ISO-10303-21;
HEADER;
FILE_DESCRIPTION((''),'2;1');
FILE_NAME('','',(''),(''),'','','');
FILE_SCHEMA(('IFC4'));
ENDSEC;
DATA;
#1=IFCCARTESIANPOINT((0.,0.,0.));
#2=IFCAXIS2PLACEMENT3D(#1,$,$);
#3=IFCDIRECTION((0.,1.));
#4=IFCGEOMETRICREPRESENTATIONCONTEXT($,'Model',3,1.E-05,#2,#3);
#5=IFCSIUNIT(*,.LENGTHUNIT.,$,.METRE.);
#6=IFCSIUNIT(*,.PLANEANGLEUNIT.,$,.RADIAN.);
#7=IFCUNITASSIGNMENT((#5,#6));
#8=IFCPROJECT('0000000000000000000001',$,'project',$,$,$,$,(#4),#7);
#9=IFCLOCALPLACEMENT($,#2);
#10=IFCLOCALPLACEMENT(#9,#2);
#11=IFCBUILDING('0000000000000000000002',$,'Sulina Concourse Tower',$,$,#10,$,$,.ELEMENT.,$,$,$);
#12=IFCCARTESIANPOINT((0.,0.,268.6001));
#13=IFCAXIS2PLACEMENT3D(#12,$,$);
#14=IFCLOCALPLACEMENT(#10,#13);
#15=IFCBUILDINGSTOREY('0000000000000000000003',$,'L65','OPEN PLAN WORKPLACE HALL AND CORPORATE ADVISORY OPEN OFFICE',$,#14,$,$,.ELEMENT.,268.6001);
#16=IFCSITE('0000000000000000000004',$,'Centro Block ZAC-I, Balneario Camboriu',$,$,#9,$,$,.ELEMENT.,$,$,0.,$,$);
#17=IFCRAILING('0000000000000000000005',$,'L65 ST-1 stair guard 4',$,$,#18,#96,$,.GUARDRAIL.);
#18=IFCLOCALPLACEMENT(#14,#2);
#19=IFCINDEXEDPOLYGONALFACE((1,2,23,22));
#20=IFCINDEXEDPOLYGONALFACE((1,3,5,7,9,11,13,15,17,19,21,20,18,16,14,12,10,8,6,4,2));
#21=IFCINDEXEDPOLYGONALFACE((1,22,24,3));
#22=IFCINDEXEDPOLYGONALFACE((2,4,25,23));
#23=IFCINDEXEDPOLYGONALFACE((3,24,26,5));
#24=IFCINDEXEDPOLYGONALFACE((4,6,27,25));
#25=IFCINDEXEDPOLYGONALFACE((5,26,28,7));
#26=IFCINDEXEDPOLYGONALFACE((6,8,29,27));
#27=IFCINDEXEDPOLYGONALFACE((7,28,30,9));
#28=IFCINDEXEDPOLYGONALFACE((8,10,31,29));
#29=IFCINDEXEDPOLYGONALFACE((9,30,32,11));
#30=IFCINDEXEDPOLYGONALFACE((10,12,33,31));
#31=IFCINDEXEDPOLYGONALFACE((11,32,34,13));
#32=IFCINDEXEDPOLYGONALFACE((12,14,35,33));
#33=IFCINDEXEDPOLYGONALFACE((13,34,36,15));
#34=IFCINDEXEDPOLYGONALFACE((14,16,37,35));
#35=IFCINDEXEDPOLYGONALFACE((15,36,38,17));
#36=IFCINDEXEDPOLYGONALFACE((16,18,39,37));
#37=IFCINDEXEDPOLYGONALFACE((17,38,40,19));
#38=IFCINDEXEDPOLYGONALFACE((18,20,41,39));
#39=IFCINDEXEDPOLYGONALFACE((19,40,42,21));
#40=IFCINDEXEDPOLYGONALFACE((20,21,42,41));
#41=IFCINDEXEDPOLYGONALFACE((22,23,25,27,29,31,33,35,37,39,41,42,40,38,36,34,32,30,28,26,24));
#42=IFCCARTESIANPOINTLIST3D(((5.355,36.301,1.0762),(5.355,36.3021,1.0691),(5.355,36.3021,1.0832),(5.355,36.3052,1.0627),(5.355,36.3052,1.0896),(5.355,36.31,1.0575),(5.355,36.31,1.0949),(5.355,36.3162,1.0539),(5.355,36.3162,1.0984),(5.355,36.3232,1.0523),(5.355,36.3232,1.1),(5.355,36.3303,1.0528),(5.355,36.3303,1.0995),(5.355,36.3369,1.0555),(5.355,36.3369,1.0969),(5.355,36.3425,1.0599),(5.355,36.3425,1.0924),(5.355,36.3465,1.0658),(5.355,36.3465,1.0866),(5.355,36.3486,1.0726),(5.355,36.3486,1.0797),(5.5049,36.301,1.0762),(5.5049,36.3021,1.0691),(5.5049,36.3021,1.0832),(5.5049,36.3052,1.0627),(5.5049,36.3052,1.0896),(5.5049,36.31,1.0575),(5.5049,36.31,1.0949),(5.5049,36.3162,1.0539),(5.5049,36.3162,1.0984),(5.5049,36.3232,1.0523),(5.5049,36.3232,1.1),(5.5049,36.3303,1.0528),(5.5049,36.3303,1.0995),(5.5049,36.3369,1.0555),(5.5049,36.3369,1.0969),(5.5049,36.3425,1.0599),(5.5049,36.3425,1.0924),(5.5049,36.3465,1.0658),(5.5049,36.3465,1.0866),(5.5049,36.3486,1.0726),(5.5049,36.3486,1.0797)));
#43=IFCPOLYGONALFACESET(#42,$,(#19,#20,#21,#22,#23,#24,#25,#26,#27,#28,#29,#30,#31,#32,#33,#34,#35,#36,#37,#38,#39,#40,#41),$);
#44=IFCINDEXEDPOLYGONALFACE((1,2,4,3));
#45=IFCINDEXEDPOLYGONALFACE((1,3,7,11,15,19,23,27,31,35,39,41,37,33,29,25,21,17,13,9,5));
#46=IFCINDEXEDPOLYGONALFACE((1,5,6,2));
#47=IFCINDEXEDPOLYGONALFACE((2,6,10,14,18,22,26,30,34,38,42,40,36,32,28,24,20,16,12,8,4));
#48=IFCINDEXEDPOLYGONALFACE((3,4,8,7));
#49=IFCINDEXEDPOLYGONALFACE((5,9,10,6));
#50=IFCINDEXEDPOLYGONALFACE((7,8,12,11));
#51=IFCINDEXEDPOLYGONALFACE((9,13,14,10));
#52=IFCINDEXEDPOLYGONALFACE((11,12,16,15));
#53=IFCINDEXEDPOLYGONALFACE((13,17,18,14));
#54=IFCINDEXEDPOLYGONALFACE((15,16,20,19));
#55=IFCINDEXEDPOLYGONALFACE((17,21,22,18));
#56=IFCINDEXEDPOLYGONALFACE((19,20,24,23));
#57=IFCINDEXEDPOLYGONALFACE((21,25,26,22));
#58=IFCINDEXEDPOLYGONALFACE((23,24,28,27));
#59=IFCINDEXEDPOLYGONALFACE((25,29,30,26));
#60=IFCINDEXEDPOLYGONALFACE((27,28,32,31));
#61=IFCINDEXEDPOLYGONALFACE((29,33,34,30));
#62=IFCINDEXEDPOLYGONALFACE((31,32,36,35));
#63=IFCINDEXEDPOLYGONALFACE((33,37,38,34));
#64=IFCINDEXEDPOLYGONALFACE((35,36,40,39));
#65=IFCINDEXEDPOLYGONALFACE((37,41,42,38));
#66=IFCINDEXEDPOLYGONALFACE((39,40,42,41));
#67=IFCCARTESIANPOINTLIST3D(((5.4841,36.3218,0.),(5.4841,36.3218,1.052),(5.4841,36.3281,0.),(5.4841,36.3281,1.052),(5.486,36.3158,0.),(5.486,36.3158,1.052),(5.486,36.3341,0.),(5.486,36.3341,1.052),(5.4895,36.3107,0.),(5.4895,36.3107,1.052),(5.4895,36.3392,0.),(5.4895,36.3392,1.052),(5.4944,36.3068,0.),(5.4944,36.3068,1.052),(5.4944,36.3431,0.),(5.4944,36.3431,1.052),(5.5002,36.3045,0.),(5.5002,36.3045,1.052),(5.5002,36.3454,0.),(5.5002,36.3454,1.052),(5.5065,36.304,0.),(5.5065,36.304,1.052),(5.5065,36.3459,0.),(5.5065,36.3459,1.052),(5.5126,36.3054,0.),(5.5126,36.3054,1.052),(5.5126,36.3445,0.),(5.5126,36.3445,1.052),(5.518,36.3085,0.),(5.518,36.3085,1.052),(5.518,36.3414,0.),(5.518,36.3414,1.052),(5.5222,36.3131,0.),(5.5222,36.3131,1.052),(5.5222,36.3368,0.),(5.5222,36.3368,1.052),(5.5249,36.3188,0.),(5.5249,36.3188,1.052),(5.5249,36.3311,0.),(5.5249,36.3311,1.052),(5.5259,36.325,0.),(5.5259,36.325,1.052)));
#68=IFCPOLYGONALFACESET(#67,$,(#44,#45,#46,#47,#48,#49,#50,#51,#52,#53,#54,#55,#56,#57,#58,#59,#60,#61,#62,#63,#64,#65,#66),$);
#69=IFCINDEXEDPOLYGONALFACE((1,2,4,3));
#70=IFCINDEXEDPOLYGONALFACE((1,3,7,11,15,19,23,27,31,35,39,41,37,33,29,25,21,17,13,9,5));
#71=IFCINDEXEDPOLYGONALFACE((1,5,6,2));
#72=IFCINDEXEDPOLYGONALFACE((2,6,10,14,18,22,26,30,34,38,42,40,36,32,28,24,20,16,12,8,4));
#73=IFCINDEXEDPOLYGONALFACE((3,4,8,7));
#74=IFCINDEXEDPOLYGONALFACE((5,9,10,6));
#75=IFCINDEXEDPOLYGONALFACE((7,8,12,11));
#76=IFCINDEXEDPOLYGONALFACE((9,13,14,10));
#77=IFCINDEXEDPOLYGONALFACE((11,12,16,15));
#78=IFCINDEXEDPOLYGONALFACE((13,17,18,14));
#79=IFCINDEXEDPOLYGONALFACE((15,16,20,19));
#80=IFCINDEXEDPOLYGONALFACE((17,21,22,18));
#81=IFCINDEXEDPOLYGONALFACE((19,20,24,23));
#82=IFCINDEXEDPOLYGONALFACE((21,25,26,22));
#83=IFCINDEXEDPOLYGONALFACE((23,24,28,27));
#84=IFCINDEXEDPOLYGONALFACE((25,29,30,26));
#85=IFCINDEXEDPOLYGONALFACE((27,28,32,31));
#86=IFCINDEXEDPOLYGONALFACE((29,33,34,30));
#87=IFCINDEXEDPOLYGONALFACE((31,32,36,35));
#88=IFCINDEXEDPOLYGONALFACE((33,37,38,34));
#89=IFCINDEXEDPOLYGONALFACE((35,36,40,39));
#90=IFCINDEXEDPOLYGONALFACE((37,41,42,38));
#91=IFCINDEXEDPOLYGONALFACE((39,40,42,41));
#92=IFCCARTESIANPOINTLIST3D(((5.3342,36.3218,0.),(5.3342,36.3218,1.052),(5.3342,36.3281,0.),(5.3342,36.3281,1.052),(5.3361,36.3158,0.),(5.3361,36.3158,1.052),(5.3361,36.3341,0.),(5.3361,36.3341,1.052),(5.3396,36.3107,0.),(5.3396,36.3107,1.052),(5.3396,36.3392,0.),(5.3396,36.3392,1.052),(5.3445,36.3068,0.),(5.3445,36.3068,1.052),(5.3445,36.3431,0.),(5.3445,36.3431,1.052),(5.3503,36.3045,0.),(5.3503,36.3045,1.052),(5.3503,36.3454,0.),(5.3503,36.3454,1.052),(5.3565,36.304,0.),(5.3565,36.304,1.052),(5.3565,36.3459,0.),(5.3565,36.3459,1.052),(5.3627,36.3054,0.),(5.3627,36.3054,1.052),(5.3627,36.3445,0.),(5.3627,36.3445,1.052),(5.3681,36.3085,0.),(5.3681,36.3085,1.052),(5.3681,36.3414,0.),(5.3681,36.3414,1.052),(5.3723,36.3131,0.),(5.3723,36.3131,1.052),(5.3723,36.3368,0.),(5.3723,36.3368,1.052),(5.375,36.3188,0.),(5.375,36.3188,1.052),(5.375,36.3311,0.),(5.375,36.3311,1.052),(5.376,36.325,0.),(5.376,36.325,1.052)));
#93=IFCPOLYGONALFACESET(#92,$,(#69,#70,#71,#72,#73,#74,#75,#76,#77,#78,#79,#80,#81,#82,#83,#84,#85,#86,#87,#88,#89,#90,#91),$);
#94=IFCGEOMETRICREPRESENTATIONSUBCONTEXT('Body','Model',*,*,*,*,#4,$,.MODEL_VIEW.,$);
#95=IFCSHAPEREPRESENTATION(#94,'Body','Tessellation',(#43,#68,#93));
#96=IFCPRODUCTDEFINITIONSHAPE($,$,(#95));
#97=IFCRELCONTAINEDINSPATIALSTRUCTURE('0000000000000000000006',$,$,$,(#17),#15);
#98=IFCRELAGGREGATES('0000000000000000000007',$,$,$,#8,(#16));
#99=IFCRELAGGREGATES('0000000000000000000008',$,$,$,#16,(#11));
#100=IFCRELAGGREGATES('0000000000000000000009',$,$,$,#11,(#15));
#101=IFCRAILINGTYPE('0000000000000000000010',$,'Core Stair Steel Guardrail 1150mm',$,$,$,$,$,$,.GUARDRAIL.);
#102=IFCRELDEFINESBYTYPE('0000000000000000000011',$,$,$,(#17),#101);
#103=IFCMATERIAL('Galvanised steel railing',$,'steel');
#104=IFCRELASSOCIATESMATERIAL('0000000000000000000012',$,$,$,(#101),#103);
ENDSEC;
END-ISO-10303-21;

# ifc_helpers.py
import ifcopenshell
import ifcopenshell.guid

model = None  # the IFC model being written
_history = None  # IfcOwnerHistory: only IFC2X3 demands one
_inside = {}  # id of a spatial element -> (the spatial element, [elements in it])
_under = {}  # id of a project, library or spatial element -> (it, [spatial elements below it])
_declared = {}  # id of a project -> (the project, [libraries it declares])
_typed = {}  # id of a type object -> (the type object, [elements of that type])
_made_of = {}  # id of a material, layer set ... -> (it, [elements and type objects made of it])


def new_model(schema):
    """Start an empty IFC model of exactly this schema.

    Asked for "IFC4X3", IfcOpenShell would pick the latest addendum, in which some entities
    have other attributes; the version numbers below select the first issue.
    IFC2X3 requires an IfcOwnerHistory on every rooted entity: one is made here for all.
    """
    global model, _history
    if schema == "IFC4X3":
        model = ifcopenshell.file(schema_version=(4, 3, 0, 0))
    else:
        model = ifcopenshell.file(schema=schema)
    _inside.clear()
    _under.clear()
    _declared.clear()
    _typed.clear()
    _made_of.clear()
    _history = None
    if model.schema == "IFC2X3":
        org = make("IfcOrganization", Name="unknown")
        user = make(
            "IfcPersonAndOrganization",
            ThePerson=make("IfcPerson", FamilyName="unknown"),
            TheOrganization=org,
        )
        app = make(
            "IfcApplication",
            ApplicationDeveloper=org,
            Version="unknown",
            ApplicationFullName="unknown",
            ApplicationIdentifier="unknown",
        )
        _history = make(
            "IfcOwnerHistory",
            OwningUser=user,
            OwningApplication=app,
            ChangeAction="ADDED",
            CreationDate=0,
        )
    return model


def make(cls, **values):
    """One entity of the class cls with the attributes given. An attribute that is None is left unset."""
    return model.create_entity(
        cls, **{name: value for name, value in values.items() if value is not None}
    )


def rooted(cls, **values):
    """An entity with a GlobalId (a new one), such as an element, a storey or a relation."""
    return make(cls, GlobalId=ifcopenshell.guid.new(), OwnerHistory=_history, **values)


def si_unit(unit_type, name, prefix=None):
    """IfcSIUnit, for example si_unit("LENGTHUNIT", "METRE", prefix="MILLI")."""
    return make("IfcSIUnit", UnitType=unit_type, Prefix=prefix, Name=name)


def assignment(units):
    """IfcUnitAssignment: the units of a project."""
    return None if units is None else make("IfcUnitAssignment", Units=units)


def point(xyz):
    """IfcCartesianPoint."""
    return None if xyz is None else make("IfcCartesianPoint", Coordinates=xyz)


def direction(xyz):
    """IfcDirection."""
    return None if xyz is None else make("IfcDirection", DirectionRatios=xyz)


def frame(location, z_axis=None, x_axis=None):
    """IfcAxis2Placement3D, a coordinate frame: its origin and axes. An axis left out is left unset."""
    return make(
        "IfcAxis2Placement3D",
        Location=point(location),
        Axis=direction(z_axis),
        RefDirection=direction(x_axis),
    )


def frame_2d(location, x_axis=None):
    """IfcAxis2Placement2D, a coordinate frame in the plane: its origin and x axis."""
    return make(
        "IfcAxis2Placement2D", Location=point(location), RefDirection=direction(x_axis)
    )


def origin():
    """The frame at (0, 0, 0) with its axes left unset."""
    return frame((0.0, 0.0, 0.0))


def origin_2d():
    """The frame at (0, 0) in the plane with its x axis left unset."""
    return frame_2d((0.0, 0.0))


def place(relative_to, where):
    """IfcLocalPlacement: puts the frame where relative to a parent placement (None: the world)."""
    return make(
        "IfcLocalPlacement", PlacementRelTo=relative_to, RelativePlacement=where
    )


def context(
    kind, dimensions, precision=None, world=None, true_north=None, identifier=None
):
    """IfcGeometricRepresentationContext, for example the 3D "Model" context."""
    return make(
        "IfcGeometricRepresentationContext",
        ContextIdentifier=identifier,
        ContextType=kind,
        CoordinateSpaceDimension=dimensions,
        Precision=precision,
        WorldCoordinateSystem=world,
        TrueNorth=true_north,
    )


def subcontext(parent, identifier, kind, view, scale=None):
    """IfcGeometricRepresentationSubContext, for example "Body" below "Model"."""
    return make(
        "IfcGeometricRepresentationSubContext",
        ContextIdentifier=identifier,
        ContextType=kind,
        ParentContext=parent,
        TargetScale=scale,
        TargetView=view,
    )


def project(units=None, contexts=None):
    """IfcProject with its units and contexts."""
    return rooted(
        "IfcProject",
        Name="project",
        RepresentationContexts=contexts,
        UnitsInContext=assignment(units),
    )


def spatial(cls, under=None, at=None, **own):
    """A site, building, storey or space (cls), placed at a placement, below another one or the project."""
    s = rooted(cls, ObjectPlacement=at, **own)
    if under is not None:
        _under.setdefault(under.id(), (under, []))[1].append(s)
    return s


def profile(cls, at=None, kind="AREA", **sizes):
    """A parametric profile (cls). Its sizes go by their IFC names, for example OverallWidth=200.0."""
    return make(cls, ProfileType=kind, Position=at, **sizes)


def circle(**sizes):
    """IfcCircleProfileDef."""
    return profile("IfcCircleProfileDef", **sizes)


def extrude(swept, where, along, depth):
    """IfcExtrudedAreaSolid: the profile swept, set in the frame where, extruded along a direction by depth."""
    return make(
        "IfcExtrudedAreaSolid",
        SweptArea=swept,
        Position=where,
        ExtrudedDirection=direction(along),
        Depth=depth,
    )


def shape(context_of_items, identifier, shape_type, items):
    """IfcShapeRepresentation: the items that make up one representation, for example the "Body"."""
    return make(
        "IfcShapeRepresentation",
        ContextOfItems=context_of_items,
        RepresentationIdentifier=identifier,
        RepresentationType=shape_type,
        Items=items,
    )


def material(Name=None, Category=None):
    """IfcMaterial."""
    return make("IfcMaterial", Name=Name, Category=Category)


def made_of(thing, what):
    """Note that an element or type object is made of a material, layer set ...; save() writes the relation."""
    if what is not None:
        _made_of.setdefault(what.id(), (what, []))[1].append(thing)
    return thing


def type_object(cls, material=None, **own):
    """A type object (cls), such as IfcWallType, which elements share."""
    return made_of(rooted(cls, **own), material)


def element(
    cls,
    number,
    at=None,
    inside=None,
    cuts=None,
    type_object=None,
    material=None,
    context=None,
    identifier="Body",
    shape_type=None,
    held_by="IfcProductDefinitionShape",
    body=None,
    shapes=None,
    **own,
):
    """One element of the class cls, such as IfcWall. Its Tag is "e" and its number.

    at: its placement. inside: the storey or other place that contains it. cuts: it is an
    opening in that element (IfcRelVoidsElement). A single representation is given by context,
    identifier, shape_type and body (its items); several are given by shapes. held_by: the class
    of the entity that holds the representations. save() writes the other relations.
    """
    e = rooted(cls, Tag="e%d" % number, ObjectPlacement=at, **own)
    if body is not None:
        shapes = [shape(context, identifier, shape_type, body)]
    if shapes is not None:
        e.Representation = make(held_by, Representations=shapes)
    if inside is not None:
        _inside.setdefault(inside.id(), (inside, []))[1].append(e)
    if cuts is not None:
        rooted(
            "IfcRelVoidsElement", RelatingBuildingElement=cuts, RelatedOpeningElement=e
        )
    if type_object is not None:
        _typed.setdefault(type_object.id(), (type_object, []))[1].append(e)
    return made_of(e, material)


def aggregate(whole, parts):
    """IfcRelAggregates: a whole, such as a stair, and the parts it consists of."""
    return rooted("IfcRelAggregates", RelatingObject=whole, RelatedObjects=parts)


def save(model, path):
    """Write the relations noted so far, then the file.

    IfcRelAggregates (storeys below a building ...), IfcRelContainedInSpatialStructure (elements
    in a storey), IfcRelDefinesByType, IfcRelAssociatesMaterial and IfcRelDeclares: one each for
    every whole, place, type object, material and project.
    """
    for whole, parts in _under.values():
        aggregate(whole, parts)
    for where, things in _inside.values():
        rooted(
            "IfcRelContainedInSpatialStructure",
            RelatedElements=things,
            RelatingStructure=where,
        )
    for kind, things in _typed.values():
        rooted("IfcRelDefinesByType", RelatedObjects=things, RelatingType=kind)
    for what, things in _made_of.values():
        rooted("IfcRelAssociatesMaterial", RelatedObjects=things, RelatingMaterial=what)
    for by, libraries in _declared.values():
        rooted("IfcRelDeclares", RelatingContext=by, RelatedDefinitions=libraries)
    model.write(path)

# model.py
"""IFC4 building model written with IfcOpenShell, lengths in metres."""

from ifc_helpers import new_model, si_unit, direction, frame, origin, origin_2d, place, context, subcontext, project, spatial, circle, extrude, material, type_object, element, save


model = new_model("IFC4")

# Units and contexts
model_context = context("Model", 3, precision=1e-05, world=origin(), true_north=direction((0.0, 1.0)))
body_context = subcontext(model_context, "Body", "Model", "MODEL_VIEW")
ifc_project = project(units=[si_unit("LENGTHUNIT", "METRE"), si_unit("PLANEANGLEUNIT", "RADIAN")], contexts=[model_context])

# Site, building, storey
site_placement = place(None, origin())
site = spatial("IfcSite", under=ifc_project, at=site_placement, Name="Centro Block ZAC-I, Balneario Camboriu", CompositionType="ELEMENT", RefElevation=0.0)
building_placement = place(site_placement, origin())
building = spatial("IfcBuilding", under=site, at=building_placement, Name="Sulina Concourse Tower", CompositionType="ELEMENT")
storey_placement = place(building_placement, frame((0.0, 0.0, 268.6001)))
storey = spatial("IfcBuildingStorey", under=building, at=storey_placement, Name="L65", Description="OPEN PLAN WORKPLACE HALL AND CORPORATE ADVISORY OPEN OFFICE", CompositionType="ELEMENT", Elevation=268.6001)

# Railing
ifc_material_1 = material(Name="Galvanised steel railing", Category="steel")
railing_type = type_object("IfcRailingType", Name="Core Stair Steel Guardrail 1150mm", PredefinedType="GUARDRAIL", material=ifc_material_1)
railing_1_placement = place(storey_placement, frame((5.5049, 36.325, 0.0)))
element("IfcRailing", 1, at=railing_1_placement, inside=storey, type_object=railing_type, Name="L65 ST-1 stair guard 4", PredefinedType="GUARDRAIL", context=body_context, shape_type="SweptSolid", body=[
    extrude(circle(Radius=0.0239, at=origin_2d()), frame((0.0, 0.0, 1.0762), z_axis=(-1.0, 0.0, 0.0), x_axis=(0.0, -1.0, 0.0)), (0.0, 0.0, 1.0), 0.1499),
    extrude(circle(Radius=0.021, at=origin_2d()), origin(), (0.0, 0.0, 1.0), 1.052),
    extrude(circle(Radius=0.021, at=origin_2d()), frame((-0.1499, 0.0, 0.0)), (0.0, 0.0, 1.0), 1.052),
])

save(model, "model.ifc")
